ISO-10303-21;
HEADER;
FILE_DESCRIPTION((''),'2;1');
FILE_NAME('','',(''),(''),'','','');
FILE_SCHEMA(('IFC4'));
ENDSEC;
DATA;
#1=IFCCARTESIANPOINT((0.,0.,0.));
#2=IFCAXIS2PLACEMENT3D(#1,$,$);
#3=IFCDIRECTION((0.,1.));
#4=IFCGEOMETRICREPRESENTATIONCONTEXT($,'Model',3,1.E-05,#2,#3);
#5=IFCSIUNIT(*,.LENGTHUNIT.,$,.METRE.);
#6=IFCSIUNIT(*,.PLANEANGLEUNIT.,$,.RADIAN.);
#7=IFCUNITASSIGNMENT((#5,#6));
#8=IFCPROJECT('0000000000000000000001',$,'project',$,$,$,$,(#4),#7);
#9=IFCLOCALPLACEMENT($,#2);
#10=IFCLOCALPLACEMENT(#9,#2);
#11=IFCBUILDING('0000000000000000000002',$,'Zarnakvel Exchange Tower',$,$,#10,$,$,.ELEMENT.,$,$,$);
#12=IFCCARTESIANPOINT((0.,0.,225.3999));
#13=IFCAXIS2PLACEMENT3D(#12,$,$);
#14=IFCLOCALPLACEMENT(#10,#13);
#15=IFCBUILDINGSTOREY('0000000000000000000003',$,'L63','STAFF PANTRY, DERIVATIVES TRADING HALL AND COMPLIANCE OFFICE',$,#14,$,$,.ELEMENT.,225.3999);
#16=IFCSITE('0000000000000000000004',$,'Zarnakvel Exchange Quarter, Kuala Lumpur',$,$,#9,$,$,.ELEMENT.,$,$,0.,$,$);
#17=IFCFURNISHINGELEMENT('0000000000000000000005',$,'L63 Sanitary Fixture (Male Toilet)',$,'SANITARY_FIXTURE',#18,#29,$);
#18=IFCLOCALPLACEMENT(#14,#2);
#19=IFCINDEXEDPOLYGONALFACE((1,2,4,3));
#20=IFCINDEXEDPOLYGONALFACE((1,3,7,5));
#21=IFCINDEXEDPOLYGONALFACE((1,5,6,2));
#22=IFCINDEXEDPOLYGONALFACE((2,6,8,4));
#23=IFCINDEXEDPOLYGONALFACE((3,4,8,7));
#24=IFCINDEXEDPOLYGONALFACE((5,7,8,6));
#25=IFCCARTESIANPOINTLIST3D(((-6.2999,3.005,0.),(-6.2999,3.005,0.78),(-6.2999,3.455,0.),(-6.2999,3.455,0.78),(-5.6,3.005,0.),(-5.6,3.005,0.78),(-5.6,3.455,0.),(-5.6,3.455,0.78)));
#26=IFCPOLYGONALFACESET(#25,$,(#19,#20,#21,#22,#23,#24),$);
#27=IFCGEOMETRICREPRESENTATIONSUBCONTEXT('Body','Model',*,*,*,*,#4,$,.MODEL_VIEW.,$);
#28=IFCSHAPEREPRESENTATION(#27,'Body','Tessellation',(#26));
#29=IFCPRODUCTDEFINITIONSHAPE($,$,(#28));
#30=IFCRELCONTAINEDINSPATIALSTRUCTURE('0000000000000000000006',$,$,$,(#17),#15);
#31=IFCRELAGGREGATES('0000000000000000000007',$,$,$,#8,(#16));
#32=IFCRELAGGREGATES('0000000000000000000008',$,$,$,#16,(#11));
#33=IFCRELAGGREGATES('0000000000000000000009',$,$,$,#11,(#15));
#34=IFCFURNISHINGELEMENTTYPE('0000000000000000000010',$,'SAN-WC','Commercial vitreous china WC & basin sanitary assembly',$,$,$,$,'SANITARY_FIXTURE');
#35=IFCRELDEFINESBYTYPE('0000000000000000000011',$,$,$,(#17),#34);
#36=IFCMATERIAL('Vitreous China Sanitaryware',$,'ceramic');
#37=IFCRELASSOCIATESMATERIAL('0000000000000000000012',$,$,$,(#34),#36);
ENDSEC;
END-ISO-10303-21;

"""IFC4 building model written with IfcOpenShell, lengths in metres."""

from ifc_helpers import new_model, si_unit, direction, frame, origin, origin_2d, place, context, subcontext, project, spatial, rectangle, extrude, source, transform, mapped, material, type_object, element, save


model = new_model("IFC4")

# Units and contexts
model_context = context("Model", 3, precision=1e-05, world=origin(), true_north=direction((0.0, 1.0)))
body_context = subcontext(model_context, "Body", "Model", "MODEL_VIEW")
ifc_project = project(units=[si_unit("LENGTHUNIT", "METRE"), si_unit("PLANEANGLEUNIT", "RADIAN")], contexts=[model_context])

# Site, building, storey
site_placement = place(None, origin())
site = spatial("IfcSite", under=ifc_project, at=site_placement, Name="Zarnakvel Exchange Quarter, Kuala Lumpur", CompositionType="ELEMENT", RefElevation=0.0)
building_placement = place(site_placement, origin())
building = spatial("IfcBuilding", under=site, at=building_placement, Name="Zarnakvel Exchange Tower", CompositionType="ELEMENT")
storey_placement = place(building_placement, frame((0.0, 0.0, 225.3999)))
storey = spatial("IfcBuildingStorey", under=building, at=storey_placement, Name="L63", Description="STAFF PANTRY, DERIVATIVES TRADING HALL AND COMPLIANCE OFFICE", CompositionType="ELEMENT", Elevation=225.3999)

# Furnishing element
ifc_material_1 = material(Name="Vitreous China Sanitaryware", Category="ceramic")
furnishing_element_type = type_object("IfcFurnishingElementType", Name="SAN-WC", Description="Commercial vitreous china WC & basin sanitary assembly", ElementType="SANITARY_FIXTURE", material=ifc_material_1)
shared_shape_1 = source(origin(), body_context, "Body", "SweptSolid", [
    extrude(rectangle(XDim=0.7, YDim=0.45, at=origin_2d()), origin(), (0.0, 0.0, 1.0), 0.78),
])
furnishing_placement = place(storey_placement, frame((-5.95, 3.23, 0.0), z_axis=(0.0, 0.0, 1.0), x_axis=(1.0, 0.0, 0.0)))
element("IfcFurnishingElement", 1, at=furnishing_placement, inside=storey, type_object=furnishing_element_type, Name="L63 Sanitary Fixture (Male Toilet)", ObjectType="SANITARY_FIXTURE", context=body_context, shape_type="MappedRepresentation", body=[
    mapped(shared_shape_1, transform((0.0, 0.0, 0.0), x_axis=(1.0, 0.0, 0.0), y_axis=(0.0, 1.0, 0.0), z_axis=(0.0, 0.0, 1.0), scale=1.0)),
])

save(model, "model.ifc")
